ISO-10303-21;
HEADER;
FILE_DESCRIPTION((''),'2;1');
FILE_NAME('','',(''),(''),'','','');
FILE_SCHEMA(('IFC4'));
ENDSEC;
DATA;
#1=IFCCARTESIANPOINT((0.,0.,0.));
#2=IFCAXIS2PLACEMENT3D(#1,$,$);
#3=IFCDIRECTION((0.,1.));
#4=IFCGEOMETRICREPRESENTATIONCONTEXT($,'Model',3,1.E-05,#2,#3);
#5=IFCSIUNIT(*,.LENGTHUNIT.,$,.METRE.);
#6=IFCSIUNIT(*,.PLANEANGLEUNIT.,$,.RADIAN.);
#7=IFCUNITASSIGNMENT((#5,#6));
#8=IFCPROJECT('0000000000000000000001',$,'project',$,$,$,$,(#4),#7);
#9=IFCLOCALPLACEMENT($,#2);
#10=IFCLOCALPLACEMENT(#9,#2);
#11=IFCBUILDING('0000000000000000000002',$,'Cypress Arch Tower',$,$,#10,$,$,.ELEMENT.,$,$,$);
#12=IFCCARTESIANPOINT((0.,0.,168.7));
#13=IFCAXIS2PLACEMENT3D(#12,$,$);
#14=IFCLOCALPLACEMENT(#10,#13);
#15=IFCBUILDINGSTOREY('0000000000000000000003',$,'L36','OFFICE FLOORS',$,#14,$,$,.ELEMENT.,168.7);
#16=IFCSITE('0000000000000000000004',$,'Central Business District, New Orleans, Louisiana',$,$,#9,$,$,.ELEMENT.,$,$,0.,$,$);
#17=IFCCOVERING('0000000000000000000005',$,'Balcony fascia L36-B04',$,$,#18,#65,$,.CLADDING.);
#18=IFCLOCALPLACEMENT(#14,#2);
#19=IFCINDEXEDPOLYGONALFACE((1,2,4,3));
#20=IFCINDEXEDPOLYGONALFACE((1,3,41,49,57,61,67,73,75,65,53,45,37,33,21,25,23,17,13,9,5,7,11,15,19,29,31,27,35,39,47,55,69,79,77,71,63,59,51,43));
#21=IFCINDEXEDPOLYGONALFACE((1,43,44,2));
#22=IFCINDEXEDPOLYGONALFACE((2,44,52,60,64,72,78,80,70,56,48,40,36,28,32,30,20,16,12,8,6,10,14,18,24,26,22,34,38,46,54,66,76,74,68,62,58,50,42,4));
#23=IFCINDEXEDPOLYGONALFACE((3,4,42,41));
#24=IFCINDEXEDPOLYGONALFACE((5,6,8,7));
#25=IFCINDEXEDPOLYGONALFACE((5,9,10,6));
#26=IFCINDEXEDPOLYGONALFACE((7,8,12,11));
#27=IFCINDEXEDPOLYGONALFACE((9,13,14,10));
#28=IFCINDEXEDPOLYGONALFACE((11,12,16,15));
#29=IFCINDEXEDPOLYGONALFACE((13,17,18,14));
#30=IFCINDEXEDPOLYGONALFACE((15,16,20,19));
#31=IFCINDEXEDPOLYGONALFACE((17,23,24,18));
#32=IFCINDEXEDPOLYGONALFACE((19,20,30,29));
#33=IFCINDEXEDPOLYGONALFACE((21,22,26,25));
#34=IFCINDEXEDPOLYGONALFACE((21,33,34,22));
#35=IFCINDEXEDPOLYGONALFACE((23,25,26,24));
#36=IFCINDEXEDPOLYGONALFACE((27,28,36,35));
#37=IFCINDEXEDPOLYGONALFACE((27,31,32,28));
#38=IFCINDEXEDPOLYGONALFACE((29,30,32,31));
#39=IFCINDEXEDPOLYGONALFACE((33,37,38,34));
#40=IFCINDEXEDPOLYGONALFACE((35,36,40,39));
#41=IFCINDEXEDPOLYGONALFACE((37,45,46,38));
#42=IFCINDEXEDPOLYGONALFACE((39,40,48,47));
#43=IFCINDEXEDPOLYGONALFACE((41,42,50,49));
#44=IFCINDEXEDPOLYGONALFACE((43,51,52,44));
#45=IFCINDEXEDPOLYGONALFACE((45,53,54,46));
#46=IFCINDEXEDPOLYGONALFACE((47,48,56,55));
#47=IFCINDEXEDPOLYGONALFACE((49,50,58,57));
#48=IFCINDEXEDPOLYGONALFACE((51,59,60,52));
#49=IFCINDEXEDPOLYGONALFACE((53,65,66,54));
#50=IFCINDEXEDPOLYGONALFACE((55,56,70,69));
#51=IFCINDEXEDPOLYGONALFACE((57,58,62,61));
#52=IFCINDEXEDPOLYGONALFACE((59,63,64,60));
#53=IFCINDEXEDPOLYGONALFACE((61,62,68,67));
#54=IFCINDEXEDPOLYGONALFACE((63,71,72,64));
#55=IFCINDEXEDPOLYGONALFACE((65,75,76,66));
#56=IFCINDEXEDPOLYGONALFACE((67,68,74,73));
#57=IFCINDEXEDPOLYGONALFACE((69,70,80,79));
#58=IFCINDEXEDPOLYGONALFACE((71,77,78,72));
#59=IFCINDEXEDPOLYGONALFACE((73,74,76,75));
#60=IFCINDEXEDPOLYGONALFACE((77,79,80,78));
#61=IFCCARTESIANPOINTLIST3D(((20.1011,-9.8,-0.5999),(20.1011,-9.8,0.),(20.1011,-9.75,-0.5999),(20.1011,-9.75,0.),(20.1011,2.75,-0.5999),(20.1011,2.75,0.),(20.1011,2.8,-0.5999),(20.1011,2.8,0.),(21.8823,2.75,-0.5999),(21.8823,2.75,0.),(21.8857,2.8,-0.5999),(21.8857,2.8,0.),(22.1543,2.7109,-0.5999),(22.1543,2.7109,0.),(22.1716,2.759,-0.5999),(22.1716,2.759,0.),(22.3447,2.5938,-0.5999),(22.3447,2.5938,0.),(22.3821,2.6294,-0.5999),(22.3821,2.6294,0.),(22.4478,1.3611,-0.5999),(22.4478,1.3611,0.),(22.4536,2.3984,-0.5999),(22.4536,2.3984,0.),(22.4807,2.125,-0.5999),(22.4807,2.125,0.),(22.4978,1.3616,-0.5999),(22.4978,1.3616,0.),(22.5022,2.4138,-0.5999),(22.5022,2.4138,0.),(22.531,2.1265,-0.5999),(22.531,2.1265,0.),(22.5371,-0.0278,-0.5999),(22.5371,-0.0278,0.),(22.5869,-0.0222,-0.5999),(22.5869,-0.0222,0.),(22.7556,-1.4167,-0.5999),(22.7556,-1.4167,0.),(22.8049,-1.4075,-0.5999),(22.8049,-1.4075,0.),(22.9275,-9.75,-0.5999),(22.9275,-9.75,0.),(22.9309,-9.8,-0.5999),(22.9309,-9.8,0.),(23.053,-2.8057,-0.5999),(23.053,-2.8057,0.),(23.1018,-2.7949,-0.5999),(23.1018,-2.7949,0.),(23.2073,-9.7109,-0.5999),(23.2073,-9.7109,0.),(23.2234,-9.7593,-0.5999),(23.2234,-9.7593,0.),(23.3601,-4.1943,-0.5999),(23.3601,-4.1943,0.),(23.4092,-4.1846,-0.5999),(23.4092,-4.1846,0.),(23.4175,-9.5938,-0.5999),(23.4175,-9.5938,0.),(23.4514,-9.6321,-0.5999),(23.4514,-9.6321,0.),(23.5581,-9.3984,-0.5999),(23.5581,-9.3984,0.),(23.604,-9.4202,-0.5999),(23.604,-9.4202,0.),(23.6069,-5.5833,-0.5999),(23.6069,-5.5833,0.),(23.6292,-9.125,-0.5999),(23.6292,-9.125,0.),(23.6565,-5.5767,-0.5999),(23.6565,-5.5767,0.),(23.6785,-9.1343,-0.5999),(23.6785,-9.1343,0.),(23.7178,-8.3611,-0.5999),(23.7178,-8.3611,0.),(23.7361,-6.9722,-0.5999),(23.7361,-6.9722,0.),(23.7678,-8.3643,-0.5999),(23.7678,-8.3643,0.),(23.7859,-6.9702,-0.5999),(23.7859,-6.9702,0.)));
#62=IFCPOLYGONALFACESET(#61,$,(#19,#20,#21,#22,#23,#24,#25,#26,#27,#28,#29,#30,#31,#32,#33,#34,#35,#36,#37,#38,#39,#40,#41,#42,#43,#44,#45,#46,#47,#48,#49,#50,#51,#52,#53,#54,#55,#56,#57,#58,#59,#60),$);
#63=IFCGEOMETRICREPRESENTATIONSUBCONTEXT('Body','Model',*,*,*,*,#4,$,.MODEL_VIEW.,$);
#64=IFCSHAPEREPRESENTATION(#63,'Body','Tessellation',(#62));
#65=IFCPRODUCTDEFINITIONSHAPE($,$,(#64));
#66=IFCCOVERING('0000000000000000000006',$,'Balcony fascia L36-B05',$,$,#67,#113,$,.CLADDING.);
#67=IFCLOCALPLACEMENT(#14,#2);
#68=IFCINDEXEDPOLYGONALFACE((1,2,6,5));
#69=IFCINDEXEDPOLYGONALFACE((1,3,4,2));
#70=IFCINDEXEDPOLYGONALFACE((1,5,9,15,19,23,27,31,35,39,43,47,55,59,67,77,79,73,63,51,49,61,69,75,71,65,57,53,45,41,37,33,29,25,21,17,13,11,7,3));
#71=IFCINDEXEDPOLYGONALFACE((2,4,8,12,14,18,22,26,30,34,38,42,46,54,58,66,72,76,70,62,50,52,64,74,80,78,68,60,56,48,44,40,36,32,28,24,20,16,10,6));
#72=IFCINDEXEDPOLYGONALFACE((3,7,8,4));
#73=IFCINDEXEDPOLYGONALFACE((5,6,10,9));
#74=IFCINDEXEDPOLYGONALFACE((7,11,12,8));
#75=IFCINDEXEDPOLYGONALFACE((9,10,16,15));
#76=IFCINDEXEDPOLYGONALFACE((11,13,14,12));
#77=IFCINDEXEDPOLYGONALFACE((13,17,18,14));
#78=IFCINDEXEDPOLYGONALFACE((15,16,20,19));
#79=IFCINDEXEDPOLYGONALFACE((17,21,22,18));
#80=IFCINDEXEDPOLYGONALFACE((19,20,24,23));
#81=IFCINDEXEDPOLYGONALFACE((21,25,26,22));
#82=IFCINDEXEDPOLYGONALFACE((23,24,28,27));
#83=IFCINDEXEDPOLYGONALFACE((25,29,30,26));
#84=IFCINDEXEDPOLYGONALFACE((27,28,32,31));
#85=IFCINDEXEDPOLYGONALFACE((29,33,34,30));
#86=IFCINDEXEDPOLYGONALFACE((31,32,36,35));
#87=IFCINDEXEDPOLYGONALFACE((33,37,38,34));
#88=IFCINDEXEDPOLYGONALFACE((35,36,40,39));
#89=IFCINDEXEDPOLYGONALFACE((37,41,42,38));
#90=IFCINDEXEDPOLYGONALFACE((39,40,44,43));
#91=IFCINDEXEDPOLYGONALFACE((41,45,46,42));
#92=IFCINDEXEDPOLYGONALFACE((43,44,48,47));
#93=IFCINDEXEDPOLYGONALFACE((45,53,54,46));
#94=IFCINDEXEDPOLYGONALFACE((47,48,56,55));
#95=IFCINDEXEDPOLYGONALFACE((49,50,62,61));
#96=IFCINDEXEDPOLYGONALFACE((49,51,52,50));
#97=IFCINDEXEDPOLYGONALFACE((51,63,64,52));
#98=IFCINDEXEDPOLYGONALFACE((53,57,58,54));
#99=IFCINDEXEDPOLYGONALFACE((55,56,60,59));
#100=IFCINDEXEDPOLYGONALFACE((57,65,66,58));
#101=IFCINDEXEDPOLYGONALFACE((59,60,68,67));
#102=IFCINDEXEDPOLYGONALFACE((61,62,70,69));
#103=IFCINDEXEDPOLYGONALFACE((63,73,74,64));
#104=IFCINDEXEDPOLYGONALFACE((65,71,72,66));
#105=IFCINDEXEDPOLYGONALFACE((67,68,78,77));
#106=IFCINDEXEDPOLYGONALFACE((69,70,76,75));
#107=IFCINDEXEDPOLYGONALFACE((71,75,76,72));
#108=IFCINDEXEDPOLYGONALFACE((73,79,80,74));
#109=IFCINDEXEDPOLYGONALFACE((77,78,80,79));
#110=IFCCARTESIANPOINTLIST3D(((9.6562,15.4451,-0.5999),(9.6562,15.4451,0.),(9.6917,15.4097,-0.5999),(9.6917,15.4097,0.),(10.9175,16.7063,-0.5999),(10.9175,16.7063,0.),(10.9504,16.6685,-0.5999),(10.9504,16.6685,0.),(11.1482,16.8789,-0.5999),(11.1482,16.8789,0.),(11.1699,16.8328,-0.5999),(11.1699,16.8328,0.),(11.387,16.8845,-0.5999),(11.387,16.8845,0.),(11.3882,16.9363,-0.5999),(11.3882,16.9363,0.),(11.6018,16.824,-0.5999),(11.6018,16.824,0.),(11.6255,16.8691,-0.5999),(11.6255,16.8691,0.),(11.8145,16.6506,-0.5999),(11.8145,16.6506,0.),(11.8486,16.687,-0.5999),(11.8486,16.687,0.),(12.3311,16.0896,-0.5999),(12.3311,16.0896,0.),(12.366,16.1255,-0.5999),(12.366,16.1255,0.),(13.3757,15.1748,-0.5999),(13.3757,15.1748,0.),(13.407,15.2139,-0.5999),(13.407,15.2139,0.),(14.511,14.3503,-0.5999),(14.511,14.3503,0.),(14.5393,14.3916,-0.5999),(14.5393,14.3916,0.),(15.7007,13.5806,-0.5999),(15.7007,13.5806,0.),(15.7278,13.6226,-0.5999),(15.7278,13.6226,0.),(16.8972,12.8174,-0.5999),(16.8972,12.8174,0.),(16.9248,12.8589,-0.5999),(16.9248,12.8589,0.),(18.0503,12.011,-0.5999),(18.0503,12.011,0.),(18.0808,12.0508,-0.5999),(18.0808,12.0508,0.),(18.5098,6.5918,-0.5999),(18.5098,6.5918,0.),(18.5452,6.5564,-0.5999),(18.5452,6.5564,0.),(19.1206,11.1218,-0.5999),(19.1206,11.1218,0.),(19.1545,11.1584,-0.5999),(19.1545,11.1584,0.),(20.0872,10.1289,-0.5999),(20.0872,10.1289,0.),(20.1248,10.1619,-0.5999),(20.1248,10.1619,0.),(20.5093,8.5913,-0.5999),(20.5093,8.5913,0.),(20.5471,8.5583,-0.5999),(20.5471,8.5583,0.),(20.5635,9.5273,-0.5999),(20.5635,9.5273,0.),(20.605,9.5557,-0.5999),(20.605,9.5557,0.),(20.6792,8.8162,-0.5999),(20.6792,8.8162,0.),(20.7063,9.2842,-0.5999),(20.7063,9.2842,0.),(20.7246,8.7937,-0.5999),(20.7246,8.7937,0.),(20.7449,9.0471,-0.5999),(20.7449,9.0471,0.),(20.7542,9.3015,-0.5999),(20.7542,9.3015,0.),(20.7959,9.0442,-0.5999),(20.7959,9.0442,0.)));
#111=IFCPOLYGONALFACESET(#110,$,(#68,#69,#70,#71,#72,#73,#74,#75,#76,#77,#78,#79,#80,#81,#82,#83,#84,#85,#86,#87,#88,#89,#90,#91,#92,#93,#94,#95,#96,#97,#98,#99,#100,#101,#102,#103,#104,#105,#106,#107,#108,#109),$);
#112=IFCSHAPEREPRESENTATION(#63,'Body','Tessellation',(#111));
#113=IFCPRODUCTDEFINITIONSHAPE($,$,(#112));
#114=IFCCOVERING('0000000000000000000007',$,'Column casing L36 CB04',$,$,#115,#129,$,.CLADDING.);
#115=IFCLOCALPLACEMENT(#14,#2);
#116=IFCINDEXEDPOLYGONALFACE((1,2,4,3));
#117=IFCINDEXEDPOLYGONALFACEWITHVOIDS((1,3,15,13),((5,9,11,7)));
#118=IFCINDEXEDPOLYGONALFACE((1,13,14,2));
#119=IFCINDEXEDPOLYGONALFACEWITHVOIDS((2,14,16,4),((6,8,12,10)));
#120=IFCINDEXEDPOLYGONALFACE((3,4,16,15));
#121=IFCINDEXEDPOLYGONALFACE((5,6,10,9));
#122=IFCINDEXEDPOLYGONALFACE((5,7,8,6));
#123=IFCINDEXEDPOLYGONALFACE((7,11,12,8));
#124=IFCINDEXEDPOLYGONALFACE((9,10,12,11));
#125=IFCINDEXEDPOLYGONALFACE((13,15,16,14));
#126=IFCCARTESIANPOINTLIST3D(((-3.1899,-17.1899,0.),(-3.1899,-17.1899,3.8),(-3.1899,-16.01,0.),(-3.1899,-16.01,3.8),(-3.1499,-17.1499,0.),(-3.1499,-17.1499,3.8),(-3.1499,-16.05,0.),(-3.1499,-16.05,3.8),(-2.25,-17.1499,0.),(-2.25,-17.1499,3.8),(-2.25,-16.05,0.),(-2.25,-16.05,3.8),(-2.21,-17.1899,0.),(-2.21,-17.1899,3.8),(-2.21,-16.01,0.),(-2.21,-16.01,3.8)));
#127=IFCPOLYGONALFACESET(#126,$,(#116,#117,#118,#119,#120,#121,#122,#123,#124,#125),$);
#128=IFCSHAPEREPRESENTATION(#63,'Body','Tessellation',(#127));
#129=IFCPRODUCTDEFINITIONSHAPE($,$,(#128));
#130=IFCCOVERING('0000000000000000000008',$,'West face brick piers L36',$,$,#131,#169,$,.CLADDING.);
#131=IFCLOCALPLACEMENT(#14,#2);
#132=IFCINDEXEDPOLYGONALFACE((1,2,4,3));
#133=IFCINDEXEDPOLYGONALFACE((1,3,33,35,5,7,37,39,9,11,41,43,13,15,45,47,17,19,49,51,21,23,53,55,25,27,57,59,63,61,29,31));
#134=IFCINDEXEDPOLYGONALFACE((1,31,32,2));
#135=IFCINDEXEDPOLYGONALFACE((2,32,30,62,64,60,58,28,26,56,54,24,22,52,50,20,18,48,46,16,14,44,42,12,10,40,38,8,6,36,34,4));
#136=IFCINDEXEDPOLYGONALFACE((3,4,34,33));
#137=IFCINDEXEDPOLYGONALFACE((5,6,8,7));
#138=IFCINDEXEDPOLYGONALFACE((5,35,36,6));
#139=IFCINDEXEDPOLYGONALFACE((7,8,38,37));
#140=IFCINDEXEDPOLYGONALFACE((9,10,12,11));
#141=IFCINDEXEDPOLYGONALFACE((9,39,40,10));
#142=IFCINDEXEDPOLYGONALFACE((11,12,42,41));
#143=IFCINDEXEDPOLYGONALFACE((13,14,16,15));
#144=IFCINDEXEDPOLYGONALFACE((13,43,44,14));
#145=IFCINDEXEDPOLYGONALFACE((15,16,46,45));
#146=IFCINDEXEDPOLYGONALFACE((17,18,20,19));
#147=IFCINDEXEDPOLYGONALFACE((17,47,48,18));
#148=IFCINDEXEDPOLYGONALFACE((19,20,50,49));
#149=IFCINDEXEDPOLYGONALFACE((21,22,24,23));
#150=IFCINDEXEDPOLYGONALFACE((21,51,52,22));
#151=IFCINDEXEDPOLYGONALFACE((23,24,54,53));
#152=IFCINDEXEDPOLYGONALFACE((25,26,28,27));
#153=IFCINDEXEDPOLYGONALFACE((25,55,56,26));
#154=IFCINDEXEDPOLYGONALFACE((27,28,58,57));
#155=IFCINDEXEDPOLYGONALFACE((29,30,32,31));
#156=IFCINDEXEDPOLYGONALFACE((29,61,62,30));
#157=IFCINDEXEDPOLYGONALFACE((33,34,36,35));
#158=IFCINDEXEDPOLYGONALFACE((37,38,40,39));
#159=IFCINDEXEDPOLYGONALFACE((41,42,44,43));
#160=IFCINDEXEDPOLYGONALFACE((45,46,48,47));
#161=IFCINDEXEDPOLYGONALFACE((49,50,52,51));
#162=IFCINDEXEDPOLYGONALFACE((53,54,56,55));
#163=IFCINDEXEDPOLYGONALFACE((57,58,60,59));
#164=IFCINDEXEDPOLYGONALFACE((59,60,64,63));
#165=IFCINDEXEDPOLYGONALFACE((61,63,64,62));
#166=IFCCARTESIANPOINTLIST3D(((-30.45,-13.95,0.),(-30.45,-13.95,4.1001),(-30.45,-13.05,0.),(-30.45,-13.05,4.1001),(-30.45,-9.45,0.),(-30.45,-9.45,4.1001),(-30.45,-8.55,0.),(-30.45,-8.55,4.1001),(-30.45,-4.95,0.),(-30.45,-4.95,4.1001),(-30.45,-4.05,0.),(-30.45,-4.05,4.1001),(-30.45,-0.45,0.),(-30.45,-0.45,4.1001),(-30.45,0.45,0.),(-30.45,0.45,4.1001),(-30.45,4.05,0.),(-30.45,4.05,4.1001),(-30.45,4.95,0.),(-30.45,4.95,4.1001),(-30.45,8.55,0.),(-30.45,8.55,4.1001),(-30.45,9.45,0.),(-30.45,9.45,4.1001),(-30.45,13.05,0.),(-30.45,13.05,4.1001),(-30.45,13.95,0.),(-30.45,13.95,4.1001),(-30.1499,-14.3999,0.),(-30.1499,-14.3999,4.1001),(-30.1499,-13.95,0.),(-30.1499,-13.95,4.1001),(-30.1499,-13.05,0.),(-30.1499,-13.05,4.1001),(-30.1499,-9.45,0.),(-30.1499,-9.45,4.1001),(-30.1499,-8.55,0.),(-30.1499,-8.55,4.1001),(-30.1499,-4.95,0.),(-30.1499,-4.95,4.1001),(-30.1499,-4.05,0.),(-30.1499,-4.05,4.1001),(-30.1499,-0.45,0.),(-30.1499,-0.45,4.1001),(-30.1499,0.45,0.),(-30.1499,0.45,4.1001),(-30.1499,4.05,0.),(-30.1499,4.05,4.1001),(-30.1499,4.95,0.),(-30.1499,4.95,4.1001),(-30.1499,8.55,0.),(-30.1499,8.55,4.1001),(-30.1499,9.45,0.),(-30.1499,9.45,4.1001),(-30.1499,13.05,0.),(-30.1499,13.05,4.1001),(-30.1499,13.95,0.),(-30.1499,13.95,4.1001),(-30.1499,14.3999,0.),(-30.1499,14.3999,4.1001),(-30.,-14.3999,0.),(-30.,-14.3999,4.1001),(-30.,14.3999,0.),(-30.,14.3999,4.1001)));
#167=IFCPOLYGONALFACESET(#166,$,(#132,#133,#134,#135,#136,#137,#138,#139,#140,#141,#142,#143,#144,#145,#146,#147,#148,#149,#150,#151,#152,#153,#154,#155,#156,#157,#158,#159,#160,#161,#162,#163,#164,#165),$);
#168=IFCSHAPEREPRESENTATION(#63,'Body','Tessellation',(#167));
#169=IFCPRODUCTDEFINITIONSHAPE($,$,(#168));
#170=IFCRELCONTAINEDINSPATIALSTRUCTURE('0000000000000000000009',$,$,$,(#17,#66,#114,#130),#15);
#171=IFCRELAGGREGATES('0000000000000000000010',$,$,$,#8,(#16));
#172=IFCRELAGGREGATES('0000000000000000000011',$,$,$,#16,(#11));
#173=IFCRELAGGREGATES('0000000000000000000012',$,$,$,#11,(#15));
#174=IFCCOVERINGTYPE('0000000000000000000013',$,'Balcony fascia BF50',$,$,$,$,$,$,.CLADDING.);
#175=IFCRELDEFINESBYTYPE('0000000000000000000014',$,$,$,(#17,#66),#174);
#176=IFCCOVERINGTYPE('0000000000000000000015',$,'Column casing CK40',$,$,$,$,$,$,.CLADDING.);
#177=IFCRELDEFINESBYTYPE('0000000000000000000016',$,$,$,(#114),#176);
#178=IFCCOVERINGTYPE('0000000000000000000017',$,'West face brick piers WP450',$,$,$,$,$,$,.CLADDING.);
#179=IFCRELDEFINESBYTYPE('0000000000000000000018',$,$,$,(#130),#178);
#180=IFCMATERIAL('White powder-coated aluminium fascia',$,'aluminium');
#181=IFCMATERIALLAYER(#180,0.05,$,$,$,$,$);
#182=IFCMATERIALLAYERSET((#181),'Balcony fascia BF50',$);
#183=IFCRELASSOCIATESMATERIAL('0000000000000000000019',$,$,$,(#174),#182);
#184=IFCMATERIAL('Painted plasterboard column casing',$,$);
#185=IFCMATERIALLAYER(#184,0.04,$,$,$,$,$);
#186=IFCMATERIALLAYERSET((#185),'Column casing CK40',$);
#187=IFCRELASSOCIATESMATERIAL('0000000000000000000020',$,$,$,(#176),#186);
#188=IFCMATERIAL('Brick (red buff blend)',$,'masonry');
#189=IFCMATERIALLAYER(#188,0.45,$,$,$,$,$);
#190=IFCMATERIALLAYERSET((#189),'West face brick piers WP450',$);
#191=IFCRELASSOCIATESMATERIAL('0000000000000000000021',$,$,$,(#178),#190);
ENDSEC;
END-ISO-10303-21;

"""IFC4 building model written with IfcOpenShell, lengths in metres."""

from ifc_helpers import new_model, si_unit, direction, frame, origin, place, context, subcontext, project, spatial, polyline, outline, extrude, material, layer, layer_set, type_object, element, save


model = new_model("IFC4")

# Units and contexts
model_context = context("Model", 3, precision=1e-05, world=origin(), true_north=direction((0.0, 1.0)))
body_context = subcontext(model_context, "Body", "Model", "MODEL_VIEW")
ifc_project = project(units=[si_unit("LENGTHUNIT", "METRE"), si_unit("PLANEANGLEUNIT", "RADIAN")], contexts=[model_context])

# Site, building, storey
site_placement = place(None, origin())
site = spatial("IfcSite", under=ifc_project, at=site_placement, Name="Central Business District, New Orleans, Louisiana", CompositionType="ELEMENT", RefElevation=0.0)
building_placement = place(site_placement, origin())
building = spatial("IfcBuilding", under=site, at=building_placement, Name="Cypress Arch Tower", CompositionType="ELEMENT")
storey_placement = place(building_placement, frame((0.0, 0.0, 168.7)))
storey = spatial("IfcBuildingStorey", under=building, at=storey_placement, Name="L36", Description="OFFICE FLOORS", CompositionType="ELEMENT", Elevation=168.7)

# Coverings
ifc_material_1 = material(Name="White powder-coated aluminium fascia", Category="aluminium")
ifc_layer_1 = layer(ifc_material_1, 0.05)
ifc_layer_set_1 = layer_set([ifc_layer_1], Name="Balcony fascia BF50")
covering_type_1 = type_object("IfcCoveringType", Name="Balcony fascia BF50", PredefinedType="CLADDING", material=ifc_layer_set_1)
covering_1_placement = place(storey_placement, frame((0.0, 0.0, -0.5999)))
element("IfcCovering", 1, at=covering_1_placement, inside=storey, type_object=covering_type_1, Name="Balcony fascia L36-B04", PredefinedType="CLADDING", context=body_context, shape_type="SweptSolid", body=[
    extrude(outline(polyline([(21.8857, 2.8), (22.1716, 2.759), (22.3821, 2.6294), (22.5022, 2.4138), (22.531, 2.1265), (22.4978, 1.3616), (22.5869, -0.0222), (22.8049, -1.4075), (23.1018, -2.7949), (23.4092, -4.1846), (23.6565, -5.5767), (23.7859, -6.9702), (23.7678, -8.3643), (23.6785, -9.1343), (23.604, -9.4202), (23.4514, -9.6321), (23.2234, -9.7593), (22.9309, -9.8), (20.1011, -9.8), (20.1011, -9.75), (22.9275, -9.75), (23.2073, -9.7109), (23.4175, -9.5938), (23.5581, -9.3984), (23.6292, -9.125), (23.7178, -8.3611), (23.7361, -6.9722), (23.6069, -5.5833), (23.3601, -4.1943), (23.053, -2.8057), (22.7556, -1.4167), (22.5371, -0.0278), (22.4478, 1.3611), (22.4807, 2.125), (22.4536, 2.3984), (22.3447, 2.5938), (22.1543, 2.7109), (21.8823, 2.75), (20.1011, 2.75), (20.1011, 2.8), (21.8857, 2.8)])), origin(), (0.0, 0.0, 1.0), 0.5999),
])
covering_2_placement = place(storey_placement, frame((0.0, 0.0, -0.5999)))
element("IfcCovering", 2, at=covering_2_placement, inside=storey, type_object=covering_type_1, Name="Balcony fascia L36-B05", PredefinedType="CLADDING", context=body_context, shape_type="SweptSolid", body=[
    extrude(outline(polyline([(10.9175, 16.7063), (11.1482, 16.8789), (11.3882, 16.9363), (11.6255, 16.8691), (11.8486, 16.687), (12.366, 16.1255), (13.407, 15.2139), (14.5393, 14.3916), (15.7278, 13.6226), (16.9248, 12.8589), (18.0808, 12.0508), (19.1545, 11.1584), (20.1248, 10.1619), (20.605, 9.5557), (20.7542, 9.3015), (20.7959, 9.0442), (20.7246, 8.7937), (20.5471, 8.5583), (18.5452, 6.5564), (18.5098, 6.5918), (20.5093, 8.5913), (20.6792, 8.8162), (20.7449, 9.0471), (20.7063, 9.2842), (20.5635, 9.5273), (20.0872, 10.1289), (19.1206, 11.1218), (18.0503, 12.011), (16.8972, 12.8174), (15.7007, 13.5806), (14.511, 14.3503), (13.3757, 15.1748), (12.3311, 16.0896), (11.8145, 16.6506), (11.6018, 16.824), (11.387, 16.8845), (11.1699, 16.8328), (10.9504, 16.6685), (9.6917, 15.4097), (9.6562, 15.4451), (10.9175, 16.7063)])), origin(), (0.0, 0.0, 1.0), 0.5999),
])
ifc_material_2 = material(Name="Painted plasterboard column casing")
ifc_layer_2 = layer(ifc_material_2, 0.04)
ifc_layer_set_2 = layer_set([ifc_layer_2], Name="Column casing CK40")
covering_type_2 = type_object("IfcCoveringType", Name="Column casing CK40", PredefinedType="CLADDING", material=ifc_layer_set_2)
covering_3_placement = place(storey_placement, origin())
element("IfcCovering", 3, at=covering_3_placement, inside=storey, type_object=covering_type_2, Name="Column casing L36 CB04", PredefinedType="CLADDING", context=body_context, shape_type="SweptSolid", body=[
    extrude(outline(polyline([(-3.1899, -17.1899), (-3.1899, -16.01), (-2.21, -16.01), (-2.21, -17.1899), (-3.1899, -17.1899)]), holes=[polyline([(-3.1499, -17.1499), (-2.25, -17.1499), (-2.25, -16.05), (-3.1499, -16.05), (-3.1499, -17.1499)])]), origin(), (0.0, 0.0, 1.0), 3.8),
])
ifc_material_3 = material(Name="Brick (red buff blend)", Category="masonry")
ifc_layer_3 = layer(ifc_material_3, 0.45)
ifc_layer_set_3 = layer_set([ifc_layer_3], Name="West face brick piers WP450")
covering_type_3 = type_object("IfcCoveringType", Name="West face brick piers WP450", PredefinedType="CLADDING", material=ifc_layer_set_3)
covering_4_placement = place(storey_placement, origin())
element("IfcCovering", 4, at=covering_4_placement, inside=storey, type_object=covering_type_3, Name="West face brick piers L36", PredefinedType="CLADDING", context=body_context, shape_type="SweptSolid", body=[
    extrude(outline(polyline([(-30.1499, -13.05), (-30.1499, -9.45), (-30.45, -9.45), (-30.45, -8.55), (-30.1499, -8.55), (-30.1499, -4.95), (-30.45, -4.95), (-30.45, -4.05), (-30.1499, -4.05), (-30.1499, -0.45), (-30.45, -0.45), (-30.45, 0.45), (-30.1499, 0.45), (-30.1499, 4.05), (-30.45, 4.05), (-30.45, 4.95), (-30.1499, 4.95), (-30.1499, 8.55), (-30.45, 8.55), (-30.45, 9.45), (-30.1499, 9.45), (-30.1499, 13.05), (-30.45, 13.05), (-30.45, 13.95), (-30.1499, 13.95), (-30.1499, 14.3999), (-30.0, 14.3999), (-30.0, -14.3999), (-30.1499, -14.3999), (-30.1499, -13.95), (-30.45, -13.95), (-30.45, -13.05), (-30.1499, -13.05)])), origin(), (0.0, 0.0, 1.0), 4.1001),
])

save(model, "model.ifc")
